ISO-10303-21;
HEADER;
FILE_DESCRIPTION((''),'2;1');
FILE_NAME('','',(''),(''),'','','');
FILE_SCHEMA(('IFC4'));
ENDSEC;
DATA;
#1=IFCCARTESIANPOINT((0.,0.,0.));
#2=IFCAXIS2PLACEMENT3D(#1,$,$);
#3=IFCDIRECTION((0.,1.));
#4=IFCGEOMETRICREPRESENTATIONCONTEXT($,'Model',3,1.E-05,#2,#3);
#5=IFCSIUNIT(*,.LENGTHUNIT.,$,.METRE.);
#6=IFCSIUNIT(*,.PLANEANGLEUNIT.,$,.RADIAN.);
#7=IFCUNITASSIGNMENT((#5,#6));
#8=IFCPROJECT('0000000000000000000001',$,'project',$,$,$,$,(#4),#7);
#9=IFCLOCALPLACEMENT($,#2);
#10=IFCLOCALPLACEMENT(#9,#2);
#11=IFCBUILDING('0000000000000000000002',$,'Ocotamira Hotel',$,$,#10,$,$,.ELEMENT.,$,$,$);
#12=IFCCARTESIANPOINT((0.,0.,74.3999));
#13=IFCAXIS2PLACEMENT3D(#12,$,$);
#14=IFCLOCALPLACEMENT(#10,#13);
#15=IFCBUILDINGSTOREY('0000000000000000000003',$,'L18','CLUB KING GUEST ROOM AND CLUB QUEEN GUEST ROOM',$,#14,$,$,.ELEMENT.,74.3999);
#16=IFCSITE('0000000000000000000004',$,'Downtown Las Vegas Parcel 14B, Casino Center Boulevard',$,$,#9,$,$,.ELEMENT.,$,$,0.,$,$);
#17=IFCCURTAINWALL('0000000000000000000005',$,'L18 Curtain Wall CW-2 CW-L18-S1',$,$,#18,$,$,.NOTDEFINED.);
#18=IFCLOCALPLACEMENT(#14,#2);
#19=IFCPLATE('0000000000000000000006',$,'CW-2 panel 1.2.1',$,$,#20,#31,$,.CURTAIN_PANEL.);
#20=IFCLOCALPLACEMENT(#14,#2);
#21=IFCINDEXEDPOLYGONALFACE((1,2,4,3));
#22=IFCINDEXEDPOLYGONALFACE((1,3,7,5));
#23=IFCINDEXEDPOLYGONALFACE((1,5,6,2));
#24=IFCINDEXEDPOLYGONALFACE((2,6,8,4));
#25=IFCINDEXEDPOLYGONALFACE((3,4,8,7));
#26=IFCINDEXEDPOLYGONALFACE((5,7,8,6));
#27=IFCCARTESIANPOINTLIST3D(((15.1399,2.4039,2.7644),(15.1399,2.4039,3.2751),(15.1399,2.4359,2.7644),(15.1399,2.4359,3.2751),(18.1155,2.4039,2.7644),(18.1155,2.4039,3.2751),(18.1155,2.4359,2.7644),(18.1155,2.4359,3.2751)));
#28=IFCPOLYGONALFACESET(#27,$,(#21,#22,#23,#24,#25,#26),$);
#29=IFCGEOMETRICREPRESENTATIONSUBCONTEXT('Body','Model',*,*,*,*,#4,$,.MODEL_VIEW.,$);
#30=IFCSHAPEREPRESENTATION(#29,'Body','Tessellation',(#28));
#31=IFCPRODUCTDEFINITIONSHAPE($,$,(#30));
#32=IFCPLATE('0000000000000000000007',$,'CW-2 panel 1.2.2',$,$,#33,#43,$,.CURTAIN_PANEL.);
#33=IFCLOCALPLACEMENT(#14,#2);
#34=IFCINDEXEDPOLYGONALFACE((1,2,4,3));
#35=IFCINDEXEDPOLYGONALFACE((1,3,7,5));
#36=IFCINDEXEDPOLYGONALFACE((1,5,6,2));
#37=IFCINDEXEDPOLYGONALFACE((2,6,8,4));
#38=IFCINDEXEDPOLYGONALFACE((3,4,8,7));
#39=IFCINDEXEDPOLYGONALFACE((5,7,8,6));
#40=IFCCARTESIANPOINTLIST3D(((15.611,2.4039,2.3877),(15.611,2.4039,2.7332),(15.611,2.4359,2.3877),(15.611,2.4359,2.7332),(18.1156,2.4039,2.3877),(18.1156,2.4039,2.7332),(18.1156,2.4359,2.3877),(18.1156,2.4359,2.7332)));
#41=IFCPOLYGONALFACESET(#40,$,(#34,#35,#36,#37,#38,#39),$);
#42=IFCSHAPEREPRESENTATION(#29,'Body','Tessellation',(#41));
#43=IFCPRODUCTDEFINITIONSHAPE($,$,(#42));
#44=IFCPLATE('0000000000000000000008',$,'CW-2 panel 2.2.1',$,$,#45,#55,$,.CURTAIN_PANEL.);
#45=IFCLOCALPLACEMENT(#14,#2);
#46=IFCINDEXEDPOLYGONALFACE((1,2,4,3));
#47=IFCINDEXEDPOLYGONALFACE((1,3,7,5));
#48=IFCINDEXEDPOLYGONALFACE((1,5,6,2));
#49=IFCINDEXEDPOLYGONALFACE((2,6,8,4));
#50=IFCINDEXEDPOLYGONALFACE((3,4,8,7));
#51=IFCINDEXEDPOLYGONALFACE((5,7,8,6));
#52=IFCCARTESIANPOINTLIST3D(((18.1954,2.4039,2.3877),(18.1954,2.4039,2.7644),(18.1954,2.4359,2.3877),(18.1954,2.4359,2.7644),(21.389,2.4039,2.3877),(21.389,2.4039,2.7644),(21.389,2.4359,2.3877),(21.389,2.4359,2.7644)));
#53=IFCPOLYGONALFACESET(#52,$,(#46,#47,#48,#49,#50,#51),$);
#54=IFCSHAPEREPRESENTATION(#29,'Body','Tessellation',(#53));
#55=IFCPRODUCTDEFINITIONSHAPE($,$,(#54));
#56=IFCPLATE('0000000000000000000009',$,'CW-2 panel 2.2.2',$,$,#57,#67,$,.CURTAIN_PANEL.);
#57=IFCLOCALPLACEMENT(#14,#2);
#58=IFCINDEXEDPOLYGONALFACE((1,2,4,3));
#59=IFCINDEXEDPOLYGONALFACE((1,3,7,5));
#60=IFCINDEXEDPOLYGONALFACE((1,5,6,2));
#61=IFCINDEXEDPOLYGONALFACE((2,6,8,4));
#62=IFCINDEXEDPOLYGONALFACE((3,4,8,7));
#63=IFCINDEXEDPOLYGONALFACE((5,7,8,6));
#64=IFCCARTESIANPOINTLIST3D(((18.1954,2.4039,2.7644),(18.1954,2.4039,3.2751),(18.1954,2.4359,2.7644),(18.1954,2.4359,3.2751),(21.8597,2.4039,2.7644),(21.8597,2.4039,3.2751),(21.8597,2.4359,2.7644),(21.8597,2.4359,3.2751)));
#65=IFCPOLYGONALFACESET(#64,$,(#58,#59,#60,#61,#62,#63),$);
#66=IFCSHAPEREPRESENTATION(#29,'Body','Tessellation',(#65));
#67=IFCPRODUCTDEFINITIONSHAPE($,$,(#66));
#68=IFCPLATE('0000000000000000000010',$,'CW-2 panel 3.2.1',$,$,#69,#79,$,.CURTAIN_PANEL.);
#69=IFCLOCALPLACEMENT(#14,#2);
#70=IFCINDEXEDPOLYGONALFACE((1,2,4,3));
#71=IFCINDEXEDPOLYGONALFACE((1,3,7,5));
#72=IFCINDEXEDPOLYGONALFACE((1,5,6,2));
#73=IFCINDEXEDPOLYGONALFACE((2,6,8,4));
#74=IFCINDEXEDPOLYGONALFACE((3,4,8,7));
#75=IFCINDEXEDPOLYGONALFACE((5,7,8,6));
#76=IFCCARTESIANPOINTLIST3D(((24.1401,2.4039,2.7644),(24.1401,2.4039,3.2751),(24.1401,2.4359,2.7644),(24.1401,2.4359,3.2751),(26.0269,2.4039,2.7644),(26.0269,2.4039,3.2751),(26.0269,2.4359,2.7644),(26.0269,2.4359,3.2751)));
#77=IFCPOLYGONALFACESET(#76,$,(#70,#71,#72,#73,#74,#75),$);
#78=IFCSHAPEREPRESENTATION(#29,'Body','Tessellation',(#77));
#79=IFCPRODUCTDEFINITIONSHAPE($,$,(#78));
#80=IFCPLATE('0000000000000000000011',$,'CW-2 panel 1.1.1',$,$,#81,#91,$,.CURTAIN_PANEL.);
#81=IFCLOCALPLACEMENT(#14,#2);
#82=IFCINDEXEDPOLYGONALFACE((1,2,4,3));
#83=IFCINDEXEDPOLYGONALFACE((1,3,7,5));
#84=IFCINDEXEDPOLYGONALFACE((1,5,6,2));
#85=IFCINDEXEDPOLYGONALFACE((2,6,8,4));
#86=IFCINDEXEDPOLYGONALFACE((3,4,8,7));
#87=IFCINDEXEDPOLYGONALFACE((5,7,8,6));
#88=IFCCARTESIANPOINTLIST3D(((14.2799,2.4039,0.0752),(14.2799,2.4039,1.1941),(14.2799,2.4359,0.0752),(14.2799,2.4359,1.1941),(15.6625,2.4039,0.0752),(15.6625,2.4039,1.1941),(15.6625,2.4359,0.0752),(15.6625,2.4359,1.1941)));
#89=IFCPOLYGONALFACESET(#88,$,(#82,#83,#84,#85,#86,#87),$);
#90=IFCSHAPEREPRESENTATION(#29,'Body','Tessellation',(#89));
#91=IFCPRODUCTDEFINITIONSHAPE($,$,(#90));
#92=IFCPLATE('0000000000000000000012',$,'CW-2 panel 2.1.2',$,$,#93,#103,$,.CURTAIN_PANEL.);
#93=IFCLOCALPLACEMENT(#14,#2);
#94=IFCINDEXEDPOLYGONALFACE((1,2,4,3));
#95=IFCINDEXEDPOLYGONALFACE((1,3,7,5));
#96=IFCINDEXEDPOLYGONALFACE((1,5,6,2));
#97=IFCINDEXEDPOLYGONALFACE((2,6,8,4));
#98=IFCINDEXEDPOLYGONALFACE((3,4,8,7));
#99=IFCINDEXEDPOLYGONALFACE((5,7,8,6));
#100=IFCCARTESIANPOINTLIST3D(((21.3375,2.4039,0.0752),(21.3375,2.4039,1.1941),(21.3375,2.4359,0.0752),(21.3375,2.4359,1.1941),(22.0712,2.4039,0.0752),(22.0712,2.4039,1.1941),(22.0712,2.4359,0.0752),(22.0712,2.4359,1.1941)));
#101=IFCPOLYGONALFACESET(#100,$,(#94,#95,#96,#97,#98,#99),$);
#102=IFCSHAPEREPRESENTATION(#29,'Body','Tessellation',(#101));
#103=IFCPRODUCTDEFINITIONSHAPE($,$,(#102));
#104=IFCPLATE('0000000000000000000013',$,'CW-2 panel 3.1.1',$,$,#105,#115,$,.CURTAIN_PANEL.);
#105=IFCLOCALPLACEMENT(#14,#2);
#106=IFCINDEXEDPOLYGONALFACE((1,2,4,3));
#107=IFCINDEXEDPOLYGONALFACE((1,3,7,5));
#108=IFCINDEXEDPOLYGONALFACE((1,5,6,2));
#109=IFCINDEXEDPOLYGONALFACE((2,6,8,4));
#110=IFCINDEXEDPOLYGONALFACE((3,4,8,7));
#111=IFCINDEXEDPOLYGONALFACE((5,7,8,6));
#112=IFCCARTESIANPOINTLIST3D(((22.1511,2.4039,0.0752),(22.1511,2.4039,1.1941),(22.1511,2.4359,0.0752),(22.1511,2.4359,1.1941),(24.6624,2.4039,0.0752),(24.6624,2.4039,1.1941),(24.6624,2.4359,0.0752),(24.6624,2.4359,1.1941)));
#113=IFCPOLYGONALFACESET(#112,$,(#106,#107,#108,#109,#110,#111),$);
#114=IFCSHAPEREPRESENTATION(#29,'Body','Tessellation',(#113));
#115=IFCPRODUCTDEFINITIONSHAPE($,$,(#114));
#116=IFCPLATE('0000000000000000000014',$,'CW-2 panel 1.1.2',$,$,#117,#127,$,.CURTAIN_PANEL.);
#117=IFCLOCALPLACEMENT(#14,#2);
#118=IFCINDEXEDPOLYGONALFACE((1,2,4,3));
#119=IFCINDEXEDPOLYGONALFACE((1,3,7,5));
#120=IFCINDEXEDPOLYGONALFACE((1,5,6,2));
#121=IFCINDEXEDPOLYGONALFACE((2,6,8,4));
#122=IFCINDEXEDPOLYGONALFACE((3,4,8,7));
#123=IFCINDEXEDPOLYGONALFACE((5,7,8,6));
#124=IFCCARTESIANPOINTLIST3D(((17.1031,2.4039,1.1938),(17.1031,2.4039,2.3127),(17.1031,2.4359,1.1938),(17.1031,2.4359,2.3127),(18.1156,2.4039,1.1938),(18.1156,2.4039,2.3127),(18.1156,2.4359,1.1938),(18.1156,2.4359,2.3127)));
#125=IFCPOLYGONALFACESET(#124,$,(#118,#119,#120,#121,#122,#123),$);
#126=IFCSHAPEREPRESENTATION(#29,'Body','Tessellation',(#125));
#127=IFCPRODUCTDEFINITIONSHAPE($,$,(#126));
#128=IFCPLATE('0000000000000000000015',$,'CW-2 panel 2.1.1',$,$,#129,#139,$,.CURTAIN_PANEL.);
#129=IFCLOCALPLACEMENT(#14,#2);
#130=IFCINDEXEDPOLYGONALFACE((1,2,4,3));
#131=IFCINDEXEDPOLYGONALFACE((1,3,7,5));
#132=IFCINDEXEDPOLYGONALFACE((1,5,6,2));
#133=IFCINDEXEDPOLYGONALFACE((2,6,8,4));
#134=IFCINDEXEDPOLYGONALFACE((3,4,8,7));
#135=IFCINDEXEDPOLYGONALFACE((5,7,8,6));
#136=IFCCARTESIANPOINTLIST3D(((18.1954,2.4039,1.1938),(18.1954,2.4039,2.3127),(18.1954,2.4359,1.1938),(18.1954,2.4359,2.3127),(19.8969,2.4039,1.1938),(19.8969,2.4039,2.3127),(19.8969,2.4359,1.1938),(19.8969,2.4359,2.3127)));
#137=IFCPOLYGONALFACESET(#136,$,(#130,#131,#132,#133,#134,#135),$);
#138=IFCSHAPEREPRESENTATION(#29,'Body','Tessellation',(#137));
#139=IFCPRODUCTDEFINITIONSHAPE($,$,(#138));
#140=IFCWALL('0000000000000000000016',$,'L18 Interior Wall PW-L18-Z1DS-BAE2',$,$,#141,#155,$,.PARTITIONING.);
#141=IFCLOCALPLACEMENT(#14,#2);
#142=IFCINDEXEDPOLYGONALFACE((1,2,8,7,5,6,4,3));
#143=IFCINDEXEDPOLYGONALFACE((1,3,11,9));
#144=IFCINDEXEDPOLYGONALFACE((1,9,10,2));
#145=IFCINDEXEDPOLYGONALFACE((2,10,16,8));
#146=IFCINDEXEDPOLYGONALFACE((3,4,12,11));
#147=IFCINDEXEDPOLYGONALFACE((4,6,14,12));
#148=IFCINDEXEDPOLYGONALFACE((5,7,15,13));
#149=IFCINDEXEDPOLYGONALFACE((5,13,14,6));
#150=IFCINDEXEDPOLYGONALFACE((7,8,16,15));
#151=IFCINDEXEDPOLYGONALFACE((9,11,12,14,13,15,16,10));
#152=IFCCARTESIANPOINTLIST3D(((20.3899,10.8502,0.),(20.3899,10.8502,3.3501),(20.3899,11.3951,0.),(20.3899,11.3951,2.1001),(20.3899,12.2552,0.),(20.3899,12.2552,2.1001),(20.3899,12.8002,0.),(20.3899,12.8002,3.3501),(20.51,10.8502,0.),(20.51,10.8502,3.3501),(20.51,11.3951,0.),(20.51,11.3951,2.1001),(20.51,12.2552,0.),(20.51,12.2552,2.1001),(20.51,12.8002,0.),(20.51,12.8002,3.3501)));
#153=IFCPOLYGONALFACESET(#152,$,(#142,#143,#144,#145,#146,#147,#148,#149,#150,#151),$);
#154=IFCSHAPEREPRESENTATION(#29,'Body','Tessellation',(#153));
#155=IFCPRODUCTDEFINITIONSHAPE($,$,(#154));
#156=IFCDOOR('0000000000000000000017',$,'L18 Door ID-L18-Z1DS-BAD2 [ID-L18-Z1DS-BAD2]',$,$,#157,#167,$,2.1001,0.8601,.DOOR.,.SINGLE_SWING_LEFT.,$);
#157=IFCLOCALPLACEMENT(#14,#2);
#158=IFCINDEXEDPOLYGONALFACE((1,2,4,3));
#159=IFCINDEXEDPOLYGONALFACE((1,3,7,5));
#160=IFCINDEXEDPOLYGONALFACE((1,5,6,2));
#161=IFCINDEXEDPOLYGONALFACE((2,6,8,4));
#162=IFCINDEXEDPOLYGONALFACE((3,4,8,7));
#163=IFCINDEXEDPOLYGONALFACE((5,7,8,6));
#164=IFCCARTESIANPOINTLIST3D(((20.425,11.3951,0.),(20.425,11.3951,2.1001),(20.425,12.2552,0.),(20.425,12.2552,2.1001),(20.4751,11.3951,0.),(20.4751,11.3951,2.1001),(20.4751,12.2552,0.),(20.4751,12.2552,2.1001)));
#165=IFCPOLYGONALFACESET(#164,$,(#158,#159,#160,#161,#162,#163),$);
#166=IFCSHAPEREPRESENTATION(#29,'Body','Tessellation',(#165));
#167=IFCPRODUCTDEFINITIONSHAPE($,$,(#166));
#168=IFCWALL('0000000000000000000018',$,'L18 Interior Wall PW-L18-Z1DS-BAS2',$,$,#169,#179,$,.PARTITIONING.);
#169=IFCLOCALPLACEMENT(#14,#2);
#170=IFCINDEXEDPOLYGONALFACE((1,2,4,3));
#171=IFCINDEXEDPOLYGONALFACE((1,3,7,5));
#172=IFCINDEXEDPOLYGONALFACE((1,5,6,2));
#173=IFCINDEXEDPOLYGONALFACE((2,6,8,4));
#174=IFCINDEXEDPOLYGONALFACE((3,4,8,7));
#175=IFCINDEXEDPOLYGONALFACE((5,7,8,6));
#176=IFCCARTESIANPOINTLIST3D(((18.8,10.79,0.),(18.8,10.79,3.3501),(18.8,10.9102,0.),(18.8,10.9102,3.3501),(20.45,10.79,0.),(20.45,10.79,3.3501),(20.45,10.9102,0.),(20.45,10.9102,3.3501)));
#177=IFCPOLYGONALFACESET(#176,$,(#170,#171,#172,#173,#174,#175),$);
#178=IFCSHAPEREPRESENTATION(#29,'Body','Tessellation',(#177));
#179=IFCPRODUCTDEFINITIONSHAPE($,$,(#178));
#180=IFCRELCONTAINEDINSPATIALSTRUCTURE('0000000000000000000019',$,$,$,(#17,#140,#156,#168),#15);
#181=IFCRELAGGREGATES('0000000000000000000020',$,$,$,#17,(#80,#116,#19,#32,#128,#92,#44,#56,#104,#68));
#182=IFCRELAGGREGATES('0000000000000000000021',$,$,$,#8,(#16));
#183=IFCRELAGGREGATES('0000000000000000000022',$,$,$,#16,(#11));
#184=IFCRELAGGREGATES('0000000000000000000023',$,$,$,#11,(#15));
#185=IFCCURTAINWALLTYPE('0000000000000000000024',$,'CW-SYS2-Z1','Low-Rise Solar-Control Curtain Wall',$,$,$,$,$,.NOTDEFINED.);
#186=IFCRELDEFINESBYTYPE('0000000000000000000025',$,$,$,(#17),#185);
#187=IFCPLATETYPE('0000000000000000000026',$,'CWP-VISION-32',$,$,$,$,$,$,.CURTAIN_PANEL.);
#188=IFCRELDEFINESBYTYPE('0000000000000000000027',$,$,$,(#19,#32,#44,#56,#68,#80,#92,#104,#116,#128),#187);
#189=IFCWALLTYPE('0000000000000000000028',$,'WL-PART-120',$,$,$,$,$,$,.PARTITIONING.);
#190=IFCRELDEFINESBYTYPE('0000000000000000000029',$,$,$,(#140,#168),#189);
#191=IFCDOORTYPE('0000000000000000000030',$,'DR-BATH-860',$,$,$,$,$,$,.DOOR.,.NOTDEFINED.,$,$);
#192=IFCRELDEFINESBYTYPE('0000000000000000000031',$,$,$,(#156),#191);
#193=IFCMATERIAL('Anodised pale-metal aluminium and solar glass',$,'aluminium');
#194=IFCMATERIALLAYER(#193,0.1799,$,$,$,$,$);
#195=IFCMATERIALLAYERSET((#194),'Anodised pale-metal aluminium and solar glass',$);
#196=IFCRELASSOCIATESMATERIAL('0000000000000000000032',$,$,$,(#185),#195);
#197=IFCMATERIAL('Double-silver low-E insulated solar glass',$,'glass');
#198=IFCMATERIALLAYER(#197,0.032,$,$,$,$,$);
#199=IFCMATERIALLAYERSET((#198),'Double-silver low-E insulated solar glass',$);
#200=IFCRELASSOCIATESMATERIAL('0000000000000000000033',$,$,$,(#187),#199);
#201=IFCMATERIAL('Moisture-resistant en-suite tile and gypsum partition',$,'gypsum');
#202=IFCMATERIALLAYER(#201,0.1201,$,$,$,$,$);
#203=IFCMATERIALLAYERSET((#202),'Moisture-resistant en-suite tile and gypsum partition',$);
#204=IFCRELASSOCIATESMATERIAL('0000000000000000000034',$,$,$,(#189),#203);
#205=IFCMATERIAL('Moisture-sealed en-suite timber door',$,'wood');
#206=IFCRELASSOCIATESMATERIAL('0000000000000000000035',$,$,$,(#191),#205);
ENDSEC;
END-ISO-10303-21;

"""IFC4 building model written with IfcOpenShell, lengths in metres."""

from ifc_helpers import new_model, si_unit, direction, frame, frame_2d, origin, origin_2d, place, context, subcontext, project, spatial, rectangle, extrude, source, transform, mapped, material, layer, layer_set, type_object, element, fill, aggregate, save


model = new_model("IFC4")

# Units and contexts
model_context = context("Model", 3, precision=1e-05, world=origin(), true_north=direction((0.0, 1.0)))
body_context = subcontext(model_context, "Body", "Model", "MODEL_VIEW")
ifc_project = project(units=[si_unit("LENGTHUNIT", "METRE"), si_unit("PLANEANGLEUNIT", "RADIAN")], contexts=[model_context])

# Site, building, storey
site_placement = place(None, origin())
site = spatial("IfcSite", under=ifc_project, at=site_placement, Name="Downtown Las Vegas Parcel 14B, Casino Center Boulevard", CompositionType="ELEMENT", RefElevation=0.0)
building_placement = place(site_placement, origin())
building = spatial("IfcBuilding", under=site, at=building_placement, Name="Ocotamira Hotel", CompositionType="ELEMENT")
storey_placement = place(building_placement, frame((0.0, 0.0, 74.3999)))
storey = spatial("IfcBuildingStorey", under=building, at=storey_placement, Name="L18", Description="CLUB KING GUEST ROOM AND CLUB QUEEN GUEST ROOM", CompositionType="ELEMENT", Elevation=74.3999)

# Curtain wall
ifc_material_1 = material(Name="Anodised pale-metal aluminium and solar glass", Category="aluminium")
ifc_layer_1 = layer(ifc_material_1, 0.1799)
ifc_layer_set_1 = layer_set([ifc_layer_1], Name="Anodised pale-metal aluminium and solar glass")
curtain_wall_type = type_object("IfcCurtainWallType", Name="CW-SYS2-Z1", Description="Low-Rise Solar-Control Curtain Wall", PredefinedType="NOTDEFINED", material=ifc_layer_set_1)
curtain_wall_placement = place(storey_placement, origin())
curtain_wall = element("IfcCurtainWall", 1, at=curtain_wall_placement, inside=storey, type_object=curtain_wall_type, Name="L18 Curtain Wall CW-2 CW-L18-S1", PredefinedType="NOTDEFINED")

# Plates
ifc_material_2 = material(Name="Double-silver low-E insulated solar glass", Category="glass")
ifc_layer_2 = layer(ifc_material_2, 0.032)
ifc_layer_set_2 = layer_set([ifc_layer_2], Name="Double-silver low-E insulated solar glass")
plate_type_1 = type_object("IfcPlateType", Name="CWP-VISION-32", PredefinedType="CURTAIN_PANEL", material=ifc_layer_set_2)
shared_shape_1 = source(origin(), body_context, "Body", "SweptSolid", [
    extrude(rectangle(XDim=2.9756, YDim=0.032, at=origin_2d()), origin(), (0.0, 0.0, 1.0), 0.5107),
])
plate_1_placement = place(storey_placement, frame((16.6277, 2.4199, 2.7644), z_axis=(0.0, 0.0, 1.0), x_axis=(1.0, 0.0, 0.0)))
plate_1 = element("IfcPlate", 2, at=plate_1_placement, type_object=plate_type_1, Name="CW-2 panel 1.2.1", PredefinedType="CURTAIN_PANEL", context=body_context, shape_type="MappedRepresentation", body=[
    mapped(shared_shape_1, transform((0.0, 0.0, 0.0), scale=1.0)),
])
shared_shape_2 = source(origin(), body_context, "Body", "SweptSolid", [
    extrude(rectangle(XDim=2.5046, YDim=0.032, at=origin_2d()), origin(), (0.0, 0.0, 1.0), 0.3455),
])
plate_2_placement = place(storey_placement, frame((16.8633, 2.4199, 2.3877), z_axis=(0.0, 0.0, 1.0), x_axis=(1.0, 0.0, 0.0)))
plate_2 = element("IfcPlate", 3, at=plate_2_placement, type_object=plate_type_1, Name="CW-2 panel 1.2.2", PredefinedType="CURTAIN_PANEL", context=body_context, shape_type="MappedRepresentation", body=[
    mapped(shared_shape_2, transform((0.0, 0.0, 0.0), scale=1.0)),
])
shared_shape_3 = source(origin(), body_context, "Body", "SweptSolid", [
    extrude(rectangle(XDim=3.1936, YDim=0.032, at=origin_2d()), origin(), (0.0, 0.0, 1.0), 0.3767),
])
plate_3_placement = place(storey_placement, frame((19.7922, 2.4199, 2.3877), z_axis=(0.0, 0.0, 1.0), x_axis=(1.0, 0.0, 0.0)))
plate_3 = element("IfcPlate", 4, at=plate_3_placement, type_object=plate_type_1, Name="CW-2 panel 2.2.1", PredefinedType="CURTAIN_PANEL", context=body_context, shape_type="MappedRepresentation", body=[
    mapped(shared_shape_3, transform((0.0, 0.0, 0.0), scale=1.0)),
])
shared_shape_4 = source(origin(), body_context, "Body", "SweptSolid", [
    extrude(rectangle(XDim=3.6643, YDim=0.032, at=origin_2d()), origin(), (0.0, 0.0, 1.0), 0.5107),
])
plate_4_placement = place(storey_placement, frame((20.0276, 2.4199, 2.7644), z_axis=(0.0, 0.0, 1.0), x_axis=(1.0, 0.0, 0.0)))
plate_4 = element("IfcPlate", 5, at=plate_4_placement, type_object=plate_type_1, Name="CW-2 panel 2.2.2", PredefinedType="CURTAIN_PANEL", context=body_context, shape_type="MappedRepresentation", body=[
    mapped(shared_shape_4, transform((0.0, 0.0, 0.0), scale=1.0)),
])
shared_shape_5 = source(origin(), body_context, "Body", "SweptSolid", [
    extrude(rectangle(XDim=1.8867, YDim=0.032, at=origin_2d()), origin(), (0.0, 0.0, 1.0), 0.5107),
])
plate_5_placement = place(storey_placement, frame((25.0835, 2.4199, 2.7644), z_axis=(0.0, 0.0, 1.0), x_axis=(1.0, 0.0, 0.0)))
plate_5 = element("IfcPlate", 6, at=plate_5_placement, type_object=plate_type_1, Name="CW-2 panel 3.2.1", PredefinedType="CURTAIN_PANEL", context=body_context, shape_type="MappedRepresentation", body=[
    mapped(shared_shape_5, transform((0.0, 0.0, 0.0), scale=1.0)),
])
shared_shape_6 = source(origin(), body_context, "Body", "SweptSolid", [
    extrude(rectangle(XDim=1.3826, YDim=0.032, at=origin_2d()), origin(), (0.0, 0.0, 1.0), 1.1189),
])
plate_6_placement = place(storey_placement, frame((14.9712, 2.4199, 0.0752), z_axis=(0.0, 0.0, 1.0), x_axis=(1.0, 0.0, 0.0)))
plate_6 = element("IfcPlate", 7, at=plate_6_placement, type_object=plate_type_1, Name="CW-2 panel 1.1.1", PredefinedType="CURTAIN_PANEL", context=body_context, shape_type="MappedRepresentation", body=[
    mapped(shared_shape_6, transform((0.0, 0.0, 0.0), scale=1.0)),
])
shared_shape_7 = source(origin(), body_context, "Body", "SweptSolid", [
    extrude(rectangle(XDim=0.7336, YDim=0.032, at=origin_2d()), origin(), (0.0, 0.0, 1.0), 1.1189),
])
plate_7_placement = place(storey_placement, frame((21.7043, 2.4199, 0.0752), z_axis=(0.0, 0.0, 1.0), x_axis=(1.0, 0.0, 0.0)))
plate_7 = element("IfcPlate", 8, at=plate_7_placement, type_object=plate_type_1, Name="CW-2 panel 2.1.2", PredefinedType="CURTAIN_PANEL", context=body_context, shape_type="MappedRepresentation", body=[
    mapped(shared_shape_7, transform((0.0, 0.0, 0.0), scale=1.0)),
])
shared_shape_8 = source(origin(), body_context, "Body", "SweptSolid", [
    extrude(rectangle(XDim=2.5112, YDim=0.032, at=origin_2d()), origin(), (0.0, 0.0, 1.0), 1.1189),
])
plate_8_placement = place(storey_placement, frame((23.4067, 2.4199, 0.0752), z_axis=(0.0, 0.0, 1.0), x_axis=(1.0, 0.0, 0.0)))
plate_8 = element("IfcPlate", 9, at=plate_8_placement, type_object=plate_type_1, Name="CW-2 panel 3.1.1", PredefinedType="CURTAIN_PANEL", context=body_context, shape_type="MappedRepresentation", body=[
    mapped(shared_shape_8, transform((0.0, 0.0, 0.0), scale=1.0)),
])
shared_shape_9 = source(origin(), body_context, "Body", "SweptSolid", [
    extrude(rectangle(XDim=1.0125, YDim=0.032, at=origin_2d()), origin(), (0.0, 0.0, 1.0), 1.1189),
])
plate_9_placement = place(storey_placement, frame((17.6094, 2.4199, 1.1938), z_axis=(0.0, 0.0, 1.0), x_axis=(1.0, 0.0, 0.0)))
plate_9 = element("IfcPlate", 10, at=plate_9_placement, type_object=plate_type_1, Name="CW-2 panel 1.1.2", PredefinedType="CURTAIN_PANEL", context=body_context, shape_type="MappedRepresentation", body=[
    mapped(shared_shape_9, transform((0.0, 0.0, 0.0), scale=1.0)),
])
shared_shape_10 = source(origin(), body_context, "Body", "SweptSolid", [
    extrude(rectangle(XDim=1.7014, YDim=0.032, at=origin_2d()), origin(), (0.0, 0.0, 1.0), 1.1189),
])
plate_10_placement = place(storey_placement, frame((19.0461, 2.4199, 1.1938), z_axis=(0.0, 0.0, 1.0), x_axis=(1.0, 0.0, 0.0)))
plate_10 = element("IfcPlate", 11, at=plate_10_placement, type_object=plate_type_1, Name="CW-2 panel 2.1.1", PredefinedType="CURTAIN_PANEL", context=body_context, shape_type="MappedRepresentation", body=[
    mapped(shared_shape_10, transform((0.0, 0.0, 0.0), scale=1.0)),
])
aggregate(curtain_wall, [plate_6, plate_9, plate_1, plate_2, plate_10, plate_7, plate_3, plate_4, plate_8, plate_5])

# Wall, opening, door
ifc_material_3 = material(Name="Moisture-resistant en-suite tile and gypsum partition", Category="gypsum")
ifc_layer_3 = layer(ifc_material_3, 0.1201)
ifc_layer_set_3 = layer_set([ifc_layer_3], Name="Moisture-resistant en-suite tile and gypsum partition")
wall_type_1 = type_object("IfcWallType", Name="WL-PART-120", PredefinedType="PARTITIONING", material=ifc_layer_set_3)
wall_1_placement = place(storey_placement, frame((20.45, 10.8501, 0.0), z_axis=(0.0, 0.0, 1.0), x_axis=(0.0, 1.0, 0.0)))
wall_1 = element("IfcWall", 12, at=wall_1_placement, inside=storey, type_object=wall_type_1, Name="L18 Interior Wall PW-L18-Z1DS-BAE2", PredefinedType="PARTITIONING", context=body_context, shape_type="SweptSolid", body=[
    extrude(rectangle(XDim=1.95, YDim=0.1201, at=frame_2d((0.9751, 0.0))), origin(), (0.0, 0.0, 1.0), 3.3501),
])
opening_1_placement = place(wall_1_placement, frame((0.5449, 0.0, 0.0)))
opening_1 = element("IfcOpeningElement", 13, at=opening_1_placement, cuts=wall_1, PredefinedType="OPENING", context=body_context, shape_type="SweptSolid", body=[
    extrude(rectangle(XDim=0.8601, YDim=2.1001, at=frame_2d((0.4302, 1.05))), frame((0.0, 0.0701, 0.0), z_axis=(0.0, -1.0, 0.0), x_axis=(1.0, 0.0, 0.0)), (0.0, 0.0, 1.0), 0.1401),
])
ifc_material_4 = material(Name="Moisture-sealed en-suite timber door", Category="wood")
door_type_1 = type_object("IfcDoorType", Name="DR-BATH-860", OperationType="NOTDEFINED", PredefinedType="DOOR", material=ifc_material_4)
shared_shape_11 = source(origin(), body_context, "Body", "SweptSolid", [
    extrude(rectangle(XDim=0.8601, YDim=2.1001, at=frame_2d((0.4302, 1.05))), frame((0.0, 0.0249, 0.0), z_axis=(0.0, -1.0, 0.0), x_axis=(1.0, 0.0, 0.0)), (0.0, 0.0, 1.0), 0.05),
])
door_1_placement = place(opening_1_placement, origin())
door_1 = element("IfcDoor", 14, at=door_1_placement, inside=storey, type_object=door_type_1, Name="L18 Door ID-L18-Z1DS-BAD2 [ID-L18-Z1DS-BAD2]", OperationType="SINGLE_SWING_LEFT", OverallHeight=2.1001, OverallWidth=0.8601, PredefinedType="DOOR", context=body_context, shape_type="MappedRepresentation", body=[
    mapped(shared_shape_11, transform((0.0, 0.0, 0.0), scale=1.0)),
])
fill(opening_1, door_1)

# Wall
wall_2_placement = place(storey_placement, frame((18.8, 10.8501, 0.0), z_axis=(0.0, 0.0, 1.0), x_axis=(1.0, 0.0, 0.0)))
element("IfcWall", 15, at=wall_2_placement, inside=storey, type_object=wall_type_1, Name="L18 Interior Wall PW-L18-Z1DS-BAS2", PredefinedType="PARTITIONING", context=body_context, shape_type="SweptSolid", body=[
    extrude(rectangle(XDim=1.6499, YDim=0.1201, at=frame_2d((0.825, 0.0))), origin(), (0.0, 0.0, 1.0), 3.3501),
])

save(model, "model.ifc")
